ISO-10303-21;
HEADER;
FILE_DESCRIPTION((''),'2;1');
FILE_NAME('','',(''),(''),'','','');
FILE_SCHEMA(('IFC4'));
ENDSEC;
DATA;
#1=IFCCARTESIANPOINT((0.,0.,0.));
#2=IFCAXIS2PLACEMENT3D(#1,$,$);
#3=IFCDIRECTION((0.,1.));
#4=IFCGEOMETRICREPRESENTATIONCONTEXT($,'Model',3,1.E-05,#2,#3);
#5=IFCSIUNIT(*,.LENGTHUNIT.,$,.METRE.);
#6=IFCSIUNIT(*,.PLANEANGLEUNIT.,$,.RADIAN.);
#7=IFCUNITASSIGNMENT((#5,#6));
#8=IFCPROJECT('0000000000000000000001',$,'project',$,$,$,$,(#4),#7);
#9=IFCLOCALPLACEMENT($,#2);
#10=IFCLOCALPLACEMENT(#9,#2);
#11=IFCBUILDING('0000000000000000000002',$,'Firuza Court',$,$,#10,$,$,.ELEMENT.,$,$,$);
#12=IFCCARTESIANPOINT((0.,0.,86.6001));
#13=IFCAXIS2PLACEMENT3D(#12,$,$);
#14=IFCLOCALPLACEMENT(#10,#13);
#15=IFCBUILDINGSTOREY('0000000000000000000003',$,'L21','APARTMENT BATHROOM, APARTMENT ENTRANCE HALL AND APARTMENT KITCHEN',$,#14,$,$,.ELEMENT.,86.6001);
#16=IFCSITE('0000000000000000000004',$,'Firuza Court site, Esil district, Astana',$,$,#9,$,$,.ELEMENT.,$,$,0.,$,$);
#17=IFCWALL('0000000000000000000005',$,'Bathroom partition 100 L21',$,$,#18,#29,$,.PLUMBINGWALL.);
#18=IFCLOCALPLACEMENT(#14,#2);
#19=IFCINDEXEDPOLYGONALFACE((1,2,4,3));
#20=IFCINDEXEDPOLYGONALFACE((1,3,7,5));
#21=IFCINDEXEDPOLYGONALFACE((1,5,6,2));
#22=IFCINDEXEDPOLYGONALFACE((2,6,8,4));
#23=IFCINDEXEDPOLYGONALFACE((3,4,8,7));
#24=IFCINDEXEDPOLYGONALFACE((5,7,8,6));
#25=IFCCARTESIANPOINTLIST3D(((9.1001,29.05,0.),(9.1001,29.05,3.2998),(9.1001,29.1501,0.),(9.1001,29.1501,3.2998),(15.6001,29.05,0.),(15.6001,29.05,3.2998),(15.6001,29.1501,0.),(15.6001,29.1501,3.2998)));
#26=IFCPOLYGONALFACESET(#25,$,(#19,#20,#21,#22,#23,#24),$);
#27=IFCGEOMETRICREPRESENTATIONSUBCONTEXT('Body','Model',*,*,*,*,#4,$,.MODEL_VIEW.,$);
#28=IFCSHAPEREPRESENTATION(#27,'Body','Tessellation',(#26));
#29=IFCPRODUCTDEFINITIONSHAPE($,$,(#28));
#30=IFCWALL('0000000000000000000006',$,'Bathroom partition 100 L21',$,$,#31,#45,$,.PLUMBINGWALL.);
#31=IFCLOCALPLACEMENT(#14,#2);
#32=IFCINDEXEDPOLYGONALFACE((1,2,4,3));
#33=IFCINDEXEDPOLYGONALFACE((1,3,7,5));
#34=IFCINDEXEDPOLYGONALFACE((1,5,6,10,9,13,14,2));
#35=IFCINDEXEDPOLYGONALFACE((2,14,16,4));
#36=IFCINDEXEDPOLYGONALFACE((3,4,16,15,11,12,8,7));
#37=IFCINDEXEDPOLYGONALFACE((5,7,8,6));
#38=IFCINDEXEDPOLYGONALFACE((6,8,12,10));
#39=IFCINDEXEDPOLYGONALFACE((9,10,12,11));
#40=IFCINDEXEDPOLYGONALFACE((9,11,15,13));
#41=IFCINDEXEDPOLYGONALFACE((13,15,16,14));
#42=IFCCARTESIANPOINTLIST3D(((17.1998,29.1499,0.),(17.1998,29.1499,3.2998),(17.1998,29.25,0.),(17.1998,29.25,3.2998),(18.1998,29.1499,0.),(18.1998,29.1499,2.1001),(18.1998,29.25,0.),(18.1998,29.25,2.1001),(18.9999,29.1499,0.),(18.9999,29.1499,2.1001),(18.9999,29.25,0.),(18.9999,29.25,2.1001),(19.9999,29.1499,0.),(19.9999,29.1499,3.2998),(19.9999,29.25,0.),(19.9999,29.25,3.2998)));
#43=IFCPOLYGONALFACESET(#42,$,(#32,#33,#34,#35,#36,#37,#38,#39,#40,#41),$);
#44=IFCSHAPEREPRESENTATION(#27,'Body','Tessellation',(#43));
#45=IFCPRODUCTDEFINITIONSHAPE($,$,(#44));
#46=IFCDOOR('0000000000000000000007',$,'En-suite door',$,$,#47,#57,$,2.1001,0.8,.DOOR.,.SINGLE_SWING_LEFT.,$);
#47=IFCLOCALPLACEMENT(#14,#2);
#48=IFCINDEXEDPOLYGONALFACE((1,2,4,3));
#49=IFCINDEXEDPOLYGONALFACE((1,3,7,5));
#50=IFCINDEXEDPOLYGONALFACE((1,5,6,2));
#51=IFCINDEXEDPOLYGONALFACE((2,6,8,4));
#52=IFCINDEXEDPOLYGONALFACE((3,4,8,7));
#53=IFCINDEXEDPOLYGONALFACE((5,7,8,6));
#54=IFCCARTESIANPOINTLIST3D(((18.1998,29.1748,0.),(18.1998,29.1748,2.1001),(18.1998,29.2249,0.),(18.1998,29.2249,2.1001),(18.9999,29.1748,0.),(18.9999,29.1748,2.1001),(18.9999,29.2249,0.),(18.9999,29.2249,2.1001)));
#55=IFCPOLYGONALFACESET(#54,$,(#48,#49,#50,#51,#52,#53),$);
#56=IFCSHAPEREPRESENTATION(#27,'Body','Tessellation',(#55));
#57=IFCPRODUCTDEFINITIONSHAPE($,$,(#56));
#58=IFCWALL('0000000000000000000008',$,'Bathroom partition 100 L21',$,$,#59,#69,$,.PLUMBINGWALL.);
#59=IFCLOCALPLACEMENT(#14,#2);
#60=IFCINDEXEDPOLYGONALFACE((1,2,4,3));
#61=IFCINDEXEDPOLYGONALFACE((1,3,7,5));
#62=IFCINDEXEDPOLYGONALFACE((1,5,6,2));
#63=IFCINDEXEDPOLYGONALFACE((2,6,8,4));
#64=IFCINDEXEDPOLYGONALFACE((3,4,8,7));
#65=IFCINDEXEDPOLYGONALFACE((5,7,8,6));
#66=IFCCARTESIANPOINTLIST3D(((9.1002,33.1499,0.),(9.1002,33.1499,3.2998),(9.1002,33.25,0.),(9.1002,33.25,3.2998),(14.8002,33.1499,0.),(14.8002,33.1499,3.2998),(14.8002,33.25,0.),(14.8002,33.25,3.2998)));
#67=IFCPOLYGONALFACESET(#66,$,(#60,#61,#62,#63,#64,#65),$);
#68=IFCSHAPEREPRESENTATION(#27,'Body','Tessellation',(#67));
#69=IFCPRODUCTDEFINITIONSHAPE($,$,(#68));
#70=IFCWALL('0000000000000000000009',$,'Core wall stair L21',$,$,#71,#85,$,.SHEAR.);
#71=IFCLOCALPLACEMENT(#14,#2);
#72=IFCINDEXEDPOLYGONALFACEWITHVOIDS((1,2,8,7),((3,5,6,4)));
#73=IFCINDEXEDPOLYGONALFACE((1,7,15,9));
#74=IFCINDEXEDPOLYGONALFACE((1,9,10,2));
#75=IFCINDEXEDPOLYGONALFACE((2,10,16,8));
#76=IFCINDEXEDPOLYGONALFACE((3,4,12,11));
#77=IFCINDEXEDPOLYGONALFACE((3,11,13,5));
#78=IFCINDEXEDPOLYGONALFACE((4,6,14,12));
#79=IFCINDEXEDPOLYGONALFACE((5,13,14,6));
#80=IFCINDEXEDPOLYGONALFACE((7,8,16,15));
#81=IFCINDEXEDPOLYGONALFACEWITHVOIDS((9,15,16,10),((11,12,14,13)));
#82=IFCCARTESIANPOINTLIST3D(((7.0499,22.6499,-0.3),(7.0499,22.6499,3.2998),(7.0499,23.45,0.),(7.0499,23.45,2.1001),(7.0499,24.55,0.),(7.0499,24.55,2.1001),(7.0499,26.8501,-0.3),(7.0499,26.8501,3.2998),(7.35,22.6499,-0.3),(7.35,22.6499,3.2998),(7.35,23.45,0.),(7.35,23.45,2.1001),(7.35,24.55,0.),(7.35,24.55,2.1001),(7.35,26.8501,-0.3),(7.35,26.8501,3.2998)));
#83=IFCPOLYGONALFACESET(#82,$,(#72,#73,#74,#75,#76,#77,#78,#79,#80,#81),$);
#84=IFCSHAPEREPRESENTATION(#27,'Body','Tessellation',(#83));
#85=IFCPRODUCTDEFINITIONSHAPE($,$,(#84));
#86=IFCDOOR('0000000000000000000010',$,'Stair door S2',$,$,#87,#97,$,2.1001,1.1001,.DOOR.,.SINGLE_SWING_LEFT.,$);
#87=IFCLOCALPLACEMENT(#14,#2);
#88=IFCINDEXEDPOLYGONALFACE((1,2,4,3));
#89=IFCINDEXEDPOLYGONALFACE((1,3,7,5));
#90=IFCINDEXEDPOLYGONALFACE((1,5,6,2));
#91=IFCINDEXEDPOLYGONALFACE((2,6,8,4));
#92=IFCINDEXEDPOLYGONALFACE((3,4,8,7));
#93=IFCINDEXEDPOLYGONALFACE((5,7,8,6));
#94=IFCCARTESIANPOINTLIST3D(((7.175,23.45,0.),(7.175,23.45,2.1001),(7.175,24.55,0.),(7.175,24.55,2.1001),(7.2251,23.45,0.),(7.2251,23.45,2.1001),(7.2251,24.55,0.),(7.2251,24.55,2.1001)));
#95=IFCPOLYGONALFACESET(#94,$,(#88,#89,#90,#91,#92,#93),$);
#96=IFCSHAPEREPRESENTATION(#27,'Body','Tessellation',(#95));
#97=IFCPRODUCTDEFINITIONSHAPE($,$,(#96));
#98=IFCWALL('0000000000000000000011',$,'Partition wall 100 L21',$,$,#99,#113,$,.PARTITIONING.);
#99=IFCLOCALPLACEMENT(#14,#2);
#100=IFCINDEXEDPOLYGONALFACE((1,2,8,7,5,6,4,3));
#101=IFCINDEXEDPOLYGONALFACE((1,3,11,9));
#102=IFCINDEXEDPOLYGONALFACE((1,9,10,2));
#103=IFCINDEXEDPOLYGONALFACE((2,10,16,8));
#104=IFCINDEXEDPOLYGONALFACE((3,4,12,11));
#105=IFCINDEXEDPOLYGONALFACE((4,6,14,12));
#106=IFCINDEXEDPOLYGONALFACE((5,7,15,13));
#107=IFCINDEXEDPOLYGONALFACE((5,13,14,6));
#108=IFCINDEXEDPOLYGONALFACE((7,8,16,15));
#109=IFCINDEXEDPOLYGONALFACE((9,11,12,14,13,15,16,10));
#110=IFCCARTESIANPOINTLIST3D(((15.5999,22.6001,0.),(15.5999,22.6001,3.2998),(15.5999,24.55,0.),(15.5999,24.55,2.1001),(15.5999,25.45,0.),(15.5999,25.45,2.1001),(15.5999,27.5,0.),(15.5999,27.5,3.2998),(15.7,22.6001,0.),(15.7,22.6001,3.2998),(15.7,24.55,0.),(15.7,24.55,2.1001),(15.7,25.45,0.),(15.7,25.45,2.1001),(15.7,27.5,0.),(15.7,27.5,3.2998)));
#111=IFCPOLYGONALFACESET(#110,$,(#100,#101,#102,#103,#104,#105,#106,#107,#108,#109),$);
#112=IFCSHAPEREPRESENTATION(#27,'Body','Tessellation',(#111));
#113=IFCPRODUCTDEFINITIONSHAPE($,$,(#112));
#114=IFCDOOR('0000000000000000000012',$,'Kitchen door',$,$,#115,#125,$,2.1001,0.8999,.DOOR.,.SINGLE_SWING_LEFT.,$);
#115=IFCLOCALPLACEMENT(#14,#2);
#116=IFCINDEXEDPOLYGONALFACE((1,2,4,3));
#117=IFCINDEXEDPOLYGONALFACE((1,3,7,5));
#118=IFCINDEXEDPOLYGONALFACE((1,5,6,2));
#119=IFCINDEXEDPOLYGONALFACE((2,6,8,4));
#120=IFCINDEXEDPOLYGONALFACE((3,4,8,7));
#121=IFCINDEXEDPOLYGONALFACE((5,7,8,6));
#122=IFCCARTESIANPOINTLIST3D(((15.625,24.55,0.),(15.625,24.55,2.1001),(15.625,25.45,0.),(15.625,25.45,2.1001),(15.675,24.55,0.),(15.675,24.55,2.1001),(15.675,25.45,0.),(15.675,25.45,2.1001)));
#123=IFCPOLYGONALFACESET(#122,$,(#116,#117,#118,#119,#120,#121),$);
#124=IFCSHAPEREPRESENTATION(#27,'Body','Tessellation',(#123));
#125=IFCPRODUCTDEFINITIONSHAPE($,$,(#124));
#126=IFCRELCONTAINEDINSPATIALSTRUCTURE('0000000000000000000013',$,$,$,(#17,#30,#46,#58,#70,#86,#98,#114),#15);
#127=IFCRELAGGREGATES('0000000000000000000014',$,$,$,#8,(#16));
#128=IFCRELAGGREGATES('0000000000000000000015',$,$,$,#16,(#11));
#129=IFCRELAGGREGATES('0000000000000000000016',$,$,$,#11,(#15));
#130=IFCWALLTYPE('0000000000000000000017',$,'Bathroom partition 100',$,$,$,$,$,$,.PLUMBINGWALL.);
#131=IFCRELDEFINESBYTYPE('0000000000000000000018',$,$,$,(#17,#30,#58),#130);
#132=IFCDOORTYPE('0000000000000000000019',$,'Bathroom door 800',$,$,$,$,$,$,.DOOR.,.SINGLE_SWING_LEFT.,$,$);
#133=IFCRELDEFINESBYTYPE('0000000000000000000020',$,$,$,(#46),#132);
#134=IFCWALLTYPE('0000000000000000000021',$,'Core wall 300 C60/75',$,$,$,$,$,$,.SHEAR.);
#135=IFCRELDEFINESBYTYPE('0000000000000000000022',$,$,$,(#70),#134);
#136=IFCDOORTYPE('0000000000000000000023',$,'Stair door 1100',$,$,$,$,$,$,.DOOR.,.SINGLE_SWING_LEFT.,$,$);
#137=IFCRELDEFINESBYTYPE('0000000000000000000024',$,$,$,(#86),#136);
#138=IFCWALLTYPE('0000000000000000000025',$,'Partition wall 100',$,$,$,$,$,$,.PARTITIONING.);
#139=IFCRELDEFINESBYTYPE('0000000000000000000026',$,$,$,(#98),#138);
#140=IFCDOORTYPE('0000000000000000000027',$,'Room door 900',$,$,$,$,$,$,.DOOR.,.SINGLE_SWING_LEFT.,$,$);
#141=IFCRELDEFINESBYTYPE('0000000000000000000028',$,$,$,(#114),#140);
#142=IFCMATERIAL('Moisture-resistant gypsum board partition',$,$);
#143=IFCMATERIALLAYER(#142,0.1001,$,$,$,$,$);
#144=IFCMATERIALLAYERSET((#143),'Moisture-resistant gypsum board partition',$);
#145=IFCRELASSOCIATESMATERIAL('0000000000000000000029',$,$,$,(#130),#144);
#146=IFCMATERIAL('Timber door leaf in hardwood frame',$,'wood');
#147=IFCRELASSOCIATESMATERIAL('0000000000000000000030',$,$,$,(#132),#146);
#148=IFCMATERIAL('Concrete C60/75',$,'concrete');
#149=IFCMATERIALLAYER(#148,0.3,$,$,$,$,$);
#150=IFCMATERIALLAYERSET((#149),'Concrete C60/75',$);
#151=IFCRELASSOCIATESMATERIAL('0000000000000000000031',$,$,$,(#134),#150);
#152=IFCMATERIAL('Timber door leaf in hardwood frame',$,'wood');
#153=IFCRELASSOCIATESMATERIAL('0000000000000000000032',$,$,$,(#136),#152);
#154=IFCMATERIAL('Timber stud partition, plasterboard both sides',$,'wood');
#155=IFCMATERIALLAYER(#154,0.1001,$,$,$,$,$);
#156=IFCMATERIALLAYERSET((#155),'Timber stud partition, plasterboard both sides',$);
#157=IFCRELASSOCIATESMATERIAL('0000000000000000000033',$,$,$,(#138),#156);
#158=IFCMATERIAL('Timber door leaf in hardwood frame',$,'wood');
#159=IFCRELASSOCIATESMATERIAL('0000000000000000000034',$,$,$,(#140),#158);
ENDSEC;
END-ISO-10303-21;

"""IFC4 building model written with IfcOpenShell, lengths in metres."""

from ifc_helpers import new_model, si_unit, direction, frame, frame_2d, origin, place, context, subcontext, project, spatial, rectangle, extrude, material, layer, layer_set, type_object, element, fill, save


model = new_model("IFC4")

# Units and contexts
model_context = context("Model", 3, precision=1e-05, world=origin(), true_north=direction((0.0, 1.0)))
body_context = subcontext(model_context, "Body", "Model", "MODEL_VIEW")
ifc_project = project(units=[si_unit("LENGTHUNIT", "METRE"), si_unit("PLANEANGLEUNIT", "RADIAN")], contexts=[model_context])

# Site, building, storey
site_placement = place(None, origin())
site = spatial("IfcSite", under=ifc_project, at=site_placement, Name="Firuza Court site, Esil district, Astana", CompositionType="ELEMENT", RefElevation=0.0)
building_placement = place(site_placement, origin())
building = spatial("IfcBuilding", under=site, at=building_placement, Name="Firuza Court", CompositionType="ELEMENT")
storey_placement = place(building_placement, frame((0.0, 0.0, 86.6001)))
storey = spatial("IfcBuildingStorey", under=building, at=storey_placement, Name="L21", Description="APARTMENT BATHROOM, APARTMENT ENTRANCE HALL AND APARTMENT KITCHEN", CompositionType="ELEMENT", Elevation=86.6001)

# Wall
ifc_material_1 = material(Name="Moisture-resistant gypsum board partition")
ifc_layer_1 = layer(ifc_material_1, 0.1001)
ifc_layer_set_1 = layer_set([ifc_layer_1], Name="Moisture-resistant gypsum board partition")
wall_type_1 = type_object("IfcWallType", Name="Bathroom partition 100", PredefinedType="PLUMBINGWALL", material=ifc_layer_set_1)
wall_1_placement = place(storey_placement, frame((9.1001, 29.1001, 0.0), z_axis=(0.0, 0.0, 1.0), x_axis=(1.0, 0.0, 0.0)))
element("IfcWall", 1, at=wall_1_placement, inside=storey, type_object=wall_type_1, Name="Bathroom partition 100 L21", PredefinedType="PLUMBINGWALL", context=body_context, shape_type="SweptSolid", body=[
    extrude(rectangle(XDim=6.5, YDim=0.1001, at=frame_2d((3.25, 0.0))), origin(), (0.0, 0.0, 1.0), 3.2998),
])

# Wall, opening, door
wall_2_placement = place(storey_placement, frame((17.2, 29.2, 0.0), z_axis=(0.0, 0.0, 1.0), x_axis=(1.0, 0.0, 0.0)))
wall_2 = element("IfcWall", 2, at=wall_2_placement, inside=storey, type_object=wall_type_1, Name="Bathroom partition 100 L21", PredefinedType="PLUMBINGWALL", context=body_context, shape_type="SweptSolid", body=[
    extrude(rectangle(XDim=2.8, YDim=0.1001, at=frame_2d((1.3999, 0.0))), origin(), (0.0, 0.0, 1.0), 3.2998),
])
opening_1_placement = place(wall_2_placement, frame((1.0, 0.0, 0.0)))
opening_1 = element("IfcOpeningElement", 3, at=opening_1_placement, cuts=wall_2, PredefinedType="OPENING", context=body_context, shape_type="SweptSolid", body=[
    extrude(rectangle(XDim=0.8, YDim=2.1001, at=frame_2d((0.3999, 1.05))), frame((0.0, 0.062, 0.0), z_axis=(0.0, -1.0, 0.0), x_axis=(1.0, 0.0, 0.0)), (0.0, 0.0, 1.0), 0.124),
])
ifc_material_2 = material(Name="Timber door leaf in hardwood frame", Category="wood")
door_type_1 = type_object("IfcDoorType", Name="Bathroom door 800", OperationType="SINGLE_SWING_LEFT", PredefinedType="DOOR", material=ifc_material_2)
door_1_placement = place(opening_1_placement, origin())
door_1 = element("IfcDoor", 4, at=door_1_placement, inside=storey, type_object=door_type_1, Name="En-suite door", OperationType="SINGLE_SWING_LEFT", OverallHeight=2.1001, OverallWidth=0.8, PredefinedType="DOOR", context=body_context, shape_type="SweptSolid", body=[
    extrude(rectangle(XDim=0.8, YDim=2.1001, at=frame_2d((0.3999, 1.05))), frame((0.0, 0.0249, 0.0), z_axis=(0.0, -1.0, 0.0), x_axis=(1.0, 0.0, 0.0)), (0.0, 0.0, 1.0), 0.05),
])
fill(opening_1, door_1)

# Wall
wall_3_placement = place(storey_placement, frame((9.1001, 33.2, 0.0), z_axis=(0.0, 0.0, 1.0), x_axis=(1.0, 0.0, 0.0)))
element("IfcWall", 5, at=wall_3_placement, inside=storey, type_object=wall_type_1, Name="Bathroom partition 100 L21", PredefinedType="PLUMBINGWALL", context=body_context, shape_type="SweptSolid", body=[
    extrude(rectangle(XDim=5.7, YDim=0.1001, at=frame_2d((2.8501, 0.0))), origin(), (0.0, 0.0, 1.0), 3.2998),
])

# Walls, openings, doors
ifc_material_3 = material(Name="Concrete C60/75", Category="concrete")
ifc_layer_2 = layer(ifc_material_3, 0.3)
ifc_layer_set_2 = layer_set([ifc_layer_2], Name="Concrete C60/75")
wall_type_2 = type_object("IfcWallType", Name="Core wall 300 C60/75", PredefinedType="SHEAR", material=ifc_layer_set_2)
wall_4_placement = place(storey_placement, frame((7.2, 22.6499, -0.3), z_axis=(0.0, 0.0, 1.0), x_axis=(0.0, 1.0, 0.0)))
wall_4 = element("IfcWall", 6, at=wall_4_placement, inside=storey, type_object=wall_type_2, Name="Core wall stair L21", PredefinedType="SHEAR", context=body_context, shape_type="SweptSolid", body=[
    extrude(rectangle(XDim=4.2002, YDim=0.3, at=frame_2d((2.1001, 0.0))), origin(), (0.0, 0.0, 1.0), 3.5999),
])
opening_2_placement = place(wall_4_placement, frame((0.8, 0.0, 0.3)))
opening_2 = element("IfcOpeningElement", 7, at=opening_2_placement, cuts=wall_4, PredefinedType="OPENING", context=body_context, shape_type="SweptSolid", body=[
    extrude(rectangle(XDim=1.1001, YDim=2.1001, at=frame_2d((0.55, 1.05))), frame((0.0, 0.1621, 0.0), z_axis=(0.0, -1.0, 0.0), x_axis=(1.0, 0.0, 0.0)), (0.0, 0.0, 1.0), 0.324),
])
ifc_material_4 = material(Name="Timber door leaf in hardwood frame", Category="wood")
door_type_2 = type_object("IfcDoorType", Name="Stair door 1100", OperationType="SINGLE_SWING_LEFT", PredefinedType="DOOR", material=ifc_material_4)
door_2_placement = place(opening_2_placement, origin())
door_2 = element("IfcDoor", 8, at=door_2_placement, inside=storey, type_object=door_type_2, Name="Stair door S2", OperationType="SINGLE_SWING_LEFT", OverallHeight=2.1001, OverallWidth=1.1001, PredefinedType="DOOR", context=body_context, shape_type="SweptSolid", body=[
    extrude(rectangle(XDim=1.1001, YDim=2.1001, at=frame_2d((0.55, 1.05))), frame((0.0, 0.0249, 0.0), z_axis=(0.0, -1.0, 0.0), x_axis=(1.0, 0.0, 0.0)), (0.0, 0.0, 1.0), 0.05),
])
fill(opening_2, door_2)
ifc_material_5 = material(Name="Timber stud partition, plasterboard both sides", Category="wood")
ifc_layer_3 = layer(ifc_material_5, 0.1001)
ifc_layer_set_3 = layer_set([ifc_layer_3], Name="Timber stud partition, plasterboard both sides")
wall_type_3 = type_object("IfcWallType", Name="Partition wall 100", PredefinedType="PARTITIONING", material=ifc_layer_set_3)
wall_5_placement = place(storey_placement, frame((15.6499, 22.6001, 0.0), z_axis=(0.0, 0.0, 1.0), x_axis=(0.0, 1.0, 0.0)))
wall_5 = element("IfcWall", 9, at=wall_5_placement, inside=storey, type_object=wall_type_3, Name="Partition wall 100 L21", PredefinedType="PARTITIONING", context=body_context, shape_type="SweptSolid", body=[
    extrude(rectangle(XDim=4.8999, YDim=0.1001, at=frame_2d((2.45, 0.0))), origin(), (0.0, 0.0, 1.0), 3.2998),
])
opening_3_placement = place(wall_5_placement, frame((1.95, 0.0, 0.0)))
opening_3 = element("IfcOpeningElement", 10, at=opening_3_placement, cuts=wall_5, PredefinedType="OPENING", context=body_context, shape_type="SweptSolid", body=[
    extrude(rectangle(XDim=0.8999, YDim=2.1001, at=frame_2d((0.45, 1.05))), frame((0.0, 0.062, 0.0), z_axis=(0.0, -1.0, 0.0), x_axis=(1.0, 0.0, 0.0)), (0.0, 0.0, 1.0), 0.124),
])
ifc_material_6 = material(Name="Timber door leaf in hardwood frame", Category="wood")
door_type_3 = type_object("IfcDoorType", Name="Room door 900", OperationType="SINGLE_SWING_LEFT", PredefinedType="DOOR", material=ifc_material_6)
door_3_placement = place(opening_3_placement, origin())
door_3 = element("IfcDoor", 11, at=door_3_placement, inside=storey, type_object=door_type_3, Name="Kitchen door", OperationType="SINGLE_SWING_LEFT", OverallHeight=2.1001, OverallWidth=0.8999, PredefinedType="DOOR", context=body_context, shape_type="SweptSolid", body=[
    extrude(rectangle(XDim=0.8999, YDim=2.1001, at=frame_2d((0.45, 1.05))), frame((0.0, 0.0249, 0.0), z_axis=(0.0, -1.0, 0.0), x_axis=(1.0, 0.0, 0.0)), (0.0, 0.0, 1.0), 0.05),
])
fill(opening_3, door_3)

save(model, "model.ifc")
